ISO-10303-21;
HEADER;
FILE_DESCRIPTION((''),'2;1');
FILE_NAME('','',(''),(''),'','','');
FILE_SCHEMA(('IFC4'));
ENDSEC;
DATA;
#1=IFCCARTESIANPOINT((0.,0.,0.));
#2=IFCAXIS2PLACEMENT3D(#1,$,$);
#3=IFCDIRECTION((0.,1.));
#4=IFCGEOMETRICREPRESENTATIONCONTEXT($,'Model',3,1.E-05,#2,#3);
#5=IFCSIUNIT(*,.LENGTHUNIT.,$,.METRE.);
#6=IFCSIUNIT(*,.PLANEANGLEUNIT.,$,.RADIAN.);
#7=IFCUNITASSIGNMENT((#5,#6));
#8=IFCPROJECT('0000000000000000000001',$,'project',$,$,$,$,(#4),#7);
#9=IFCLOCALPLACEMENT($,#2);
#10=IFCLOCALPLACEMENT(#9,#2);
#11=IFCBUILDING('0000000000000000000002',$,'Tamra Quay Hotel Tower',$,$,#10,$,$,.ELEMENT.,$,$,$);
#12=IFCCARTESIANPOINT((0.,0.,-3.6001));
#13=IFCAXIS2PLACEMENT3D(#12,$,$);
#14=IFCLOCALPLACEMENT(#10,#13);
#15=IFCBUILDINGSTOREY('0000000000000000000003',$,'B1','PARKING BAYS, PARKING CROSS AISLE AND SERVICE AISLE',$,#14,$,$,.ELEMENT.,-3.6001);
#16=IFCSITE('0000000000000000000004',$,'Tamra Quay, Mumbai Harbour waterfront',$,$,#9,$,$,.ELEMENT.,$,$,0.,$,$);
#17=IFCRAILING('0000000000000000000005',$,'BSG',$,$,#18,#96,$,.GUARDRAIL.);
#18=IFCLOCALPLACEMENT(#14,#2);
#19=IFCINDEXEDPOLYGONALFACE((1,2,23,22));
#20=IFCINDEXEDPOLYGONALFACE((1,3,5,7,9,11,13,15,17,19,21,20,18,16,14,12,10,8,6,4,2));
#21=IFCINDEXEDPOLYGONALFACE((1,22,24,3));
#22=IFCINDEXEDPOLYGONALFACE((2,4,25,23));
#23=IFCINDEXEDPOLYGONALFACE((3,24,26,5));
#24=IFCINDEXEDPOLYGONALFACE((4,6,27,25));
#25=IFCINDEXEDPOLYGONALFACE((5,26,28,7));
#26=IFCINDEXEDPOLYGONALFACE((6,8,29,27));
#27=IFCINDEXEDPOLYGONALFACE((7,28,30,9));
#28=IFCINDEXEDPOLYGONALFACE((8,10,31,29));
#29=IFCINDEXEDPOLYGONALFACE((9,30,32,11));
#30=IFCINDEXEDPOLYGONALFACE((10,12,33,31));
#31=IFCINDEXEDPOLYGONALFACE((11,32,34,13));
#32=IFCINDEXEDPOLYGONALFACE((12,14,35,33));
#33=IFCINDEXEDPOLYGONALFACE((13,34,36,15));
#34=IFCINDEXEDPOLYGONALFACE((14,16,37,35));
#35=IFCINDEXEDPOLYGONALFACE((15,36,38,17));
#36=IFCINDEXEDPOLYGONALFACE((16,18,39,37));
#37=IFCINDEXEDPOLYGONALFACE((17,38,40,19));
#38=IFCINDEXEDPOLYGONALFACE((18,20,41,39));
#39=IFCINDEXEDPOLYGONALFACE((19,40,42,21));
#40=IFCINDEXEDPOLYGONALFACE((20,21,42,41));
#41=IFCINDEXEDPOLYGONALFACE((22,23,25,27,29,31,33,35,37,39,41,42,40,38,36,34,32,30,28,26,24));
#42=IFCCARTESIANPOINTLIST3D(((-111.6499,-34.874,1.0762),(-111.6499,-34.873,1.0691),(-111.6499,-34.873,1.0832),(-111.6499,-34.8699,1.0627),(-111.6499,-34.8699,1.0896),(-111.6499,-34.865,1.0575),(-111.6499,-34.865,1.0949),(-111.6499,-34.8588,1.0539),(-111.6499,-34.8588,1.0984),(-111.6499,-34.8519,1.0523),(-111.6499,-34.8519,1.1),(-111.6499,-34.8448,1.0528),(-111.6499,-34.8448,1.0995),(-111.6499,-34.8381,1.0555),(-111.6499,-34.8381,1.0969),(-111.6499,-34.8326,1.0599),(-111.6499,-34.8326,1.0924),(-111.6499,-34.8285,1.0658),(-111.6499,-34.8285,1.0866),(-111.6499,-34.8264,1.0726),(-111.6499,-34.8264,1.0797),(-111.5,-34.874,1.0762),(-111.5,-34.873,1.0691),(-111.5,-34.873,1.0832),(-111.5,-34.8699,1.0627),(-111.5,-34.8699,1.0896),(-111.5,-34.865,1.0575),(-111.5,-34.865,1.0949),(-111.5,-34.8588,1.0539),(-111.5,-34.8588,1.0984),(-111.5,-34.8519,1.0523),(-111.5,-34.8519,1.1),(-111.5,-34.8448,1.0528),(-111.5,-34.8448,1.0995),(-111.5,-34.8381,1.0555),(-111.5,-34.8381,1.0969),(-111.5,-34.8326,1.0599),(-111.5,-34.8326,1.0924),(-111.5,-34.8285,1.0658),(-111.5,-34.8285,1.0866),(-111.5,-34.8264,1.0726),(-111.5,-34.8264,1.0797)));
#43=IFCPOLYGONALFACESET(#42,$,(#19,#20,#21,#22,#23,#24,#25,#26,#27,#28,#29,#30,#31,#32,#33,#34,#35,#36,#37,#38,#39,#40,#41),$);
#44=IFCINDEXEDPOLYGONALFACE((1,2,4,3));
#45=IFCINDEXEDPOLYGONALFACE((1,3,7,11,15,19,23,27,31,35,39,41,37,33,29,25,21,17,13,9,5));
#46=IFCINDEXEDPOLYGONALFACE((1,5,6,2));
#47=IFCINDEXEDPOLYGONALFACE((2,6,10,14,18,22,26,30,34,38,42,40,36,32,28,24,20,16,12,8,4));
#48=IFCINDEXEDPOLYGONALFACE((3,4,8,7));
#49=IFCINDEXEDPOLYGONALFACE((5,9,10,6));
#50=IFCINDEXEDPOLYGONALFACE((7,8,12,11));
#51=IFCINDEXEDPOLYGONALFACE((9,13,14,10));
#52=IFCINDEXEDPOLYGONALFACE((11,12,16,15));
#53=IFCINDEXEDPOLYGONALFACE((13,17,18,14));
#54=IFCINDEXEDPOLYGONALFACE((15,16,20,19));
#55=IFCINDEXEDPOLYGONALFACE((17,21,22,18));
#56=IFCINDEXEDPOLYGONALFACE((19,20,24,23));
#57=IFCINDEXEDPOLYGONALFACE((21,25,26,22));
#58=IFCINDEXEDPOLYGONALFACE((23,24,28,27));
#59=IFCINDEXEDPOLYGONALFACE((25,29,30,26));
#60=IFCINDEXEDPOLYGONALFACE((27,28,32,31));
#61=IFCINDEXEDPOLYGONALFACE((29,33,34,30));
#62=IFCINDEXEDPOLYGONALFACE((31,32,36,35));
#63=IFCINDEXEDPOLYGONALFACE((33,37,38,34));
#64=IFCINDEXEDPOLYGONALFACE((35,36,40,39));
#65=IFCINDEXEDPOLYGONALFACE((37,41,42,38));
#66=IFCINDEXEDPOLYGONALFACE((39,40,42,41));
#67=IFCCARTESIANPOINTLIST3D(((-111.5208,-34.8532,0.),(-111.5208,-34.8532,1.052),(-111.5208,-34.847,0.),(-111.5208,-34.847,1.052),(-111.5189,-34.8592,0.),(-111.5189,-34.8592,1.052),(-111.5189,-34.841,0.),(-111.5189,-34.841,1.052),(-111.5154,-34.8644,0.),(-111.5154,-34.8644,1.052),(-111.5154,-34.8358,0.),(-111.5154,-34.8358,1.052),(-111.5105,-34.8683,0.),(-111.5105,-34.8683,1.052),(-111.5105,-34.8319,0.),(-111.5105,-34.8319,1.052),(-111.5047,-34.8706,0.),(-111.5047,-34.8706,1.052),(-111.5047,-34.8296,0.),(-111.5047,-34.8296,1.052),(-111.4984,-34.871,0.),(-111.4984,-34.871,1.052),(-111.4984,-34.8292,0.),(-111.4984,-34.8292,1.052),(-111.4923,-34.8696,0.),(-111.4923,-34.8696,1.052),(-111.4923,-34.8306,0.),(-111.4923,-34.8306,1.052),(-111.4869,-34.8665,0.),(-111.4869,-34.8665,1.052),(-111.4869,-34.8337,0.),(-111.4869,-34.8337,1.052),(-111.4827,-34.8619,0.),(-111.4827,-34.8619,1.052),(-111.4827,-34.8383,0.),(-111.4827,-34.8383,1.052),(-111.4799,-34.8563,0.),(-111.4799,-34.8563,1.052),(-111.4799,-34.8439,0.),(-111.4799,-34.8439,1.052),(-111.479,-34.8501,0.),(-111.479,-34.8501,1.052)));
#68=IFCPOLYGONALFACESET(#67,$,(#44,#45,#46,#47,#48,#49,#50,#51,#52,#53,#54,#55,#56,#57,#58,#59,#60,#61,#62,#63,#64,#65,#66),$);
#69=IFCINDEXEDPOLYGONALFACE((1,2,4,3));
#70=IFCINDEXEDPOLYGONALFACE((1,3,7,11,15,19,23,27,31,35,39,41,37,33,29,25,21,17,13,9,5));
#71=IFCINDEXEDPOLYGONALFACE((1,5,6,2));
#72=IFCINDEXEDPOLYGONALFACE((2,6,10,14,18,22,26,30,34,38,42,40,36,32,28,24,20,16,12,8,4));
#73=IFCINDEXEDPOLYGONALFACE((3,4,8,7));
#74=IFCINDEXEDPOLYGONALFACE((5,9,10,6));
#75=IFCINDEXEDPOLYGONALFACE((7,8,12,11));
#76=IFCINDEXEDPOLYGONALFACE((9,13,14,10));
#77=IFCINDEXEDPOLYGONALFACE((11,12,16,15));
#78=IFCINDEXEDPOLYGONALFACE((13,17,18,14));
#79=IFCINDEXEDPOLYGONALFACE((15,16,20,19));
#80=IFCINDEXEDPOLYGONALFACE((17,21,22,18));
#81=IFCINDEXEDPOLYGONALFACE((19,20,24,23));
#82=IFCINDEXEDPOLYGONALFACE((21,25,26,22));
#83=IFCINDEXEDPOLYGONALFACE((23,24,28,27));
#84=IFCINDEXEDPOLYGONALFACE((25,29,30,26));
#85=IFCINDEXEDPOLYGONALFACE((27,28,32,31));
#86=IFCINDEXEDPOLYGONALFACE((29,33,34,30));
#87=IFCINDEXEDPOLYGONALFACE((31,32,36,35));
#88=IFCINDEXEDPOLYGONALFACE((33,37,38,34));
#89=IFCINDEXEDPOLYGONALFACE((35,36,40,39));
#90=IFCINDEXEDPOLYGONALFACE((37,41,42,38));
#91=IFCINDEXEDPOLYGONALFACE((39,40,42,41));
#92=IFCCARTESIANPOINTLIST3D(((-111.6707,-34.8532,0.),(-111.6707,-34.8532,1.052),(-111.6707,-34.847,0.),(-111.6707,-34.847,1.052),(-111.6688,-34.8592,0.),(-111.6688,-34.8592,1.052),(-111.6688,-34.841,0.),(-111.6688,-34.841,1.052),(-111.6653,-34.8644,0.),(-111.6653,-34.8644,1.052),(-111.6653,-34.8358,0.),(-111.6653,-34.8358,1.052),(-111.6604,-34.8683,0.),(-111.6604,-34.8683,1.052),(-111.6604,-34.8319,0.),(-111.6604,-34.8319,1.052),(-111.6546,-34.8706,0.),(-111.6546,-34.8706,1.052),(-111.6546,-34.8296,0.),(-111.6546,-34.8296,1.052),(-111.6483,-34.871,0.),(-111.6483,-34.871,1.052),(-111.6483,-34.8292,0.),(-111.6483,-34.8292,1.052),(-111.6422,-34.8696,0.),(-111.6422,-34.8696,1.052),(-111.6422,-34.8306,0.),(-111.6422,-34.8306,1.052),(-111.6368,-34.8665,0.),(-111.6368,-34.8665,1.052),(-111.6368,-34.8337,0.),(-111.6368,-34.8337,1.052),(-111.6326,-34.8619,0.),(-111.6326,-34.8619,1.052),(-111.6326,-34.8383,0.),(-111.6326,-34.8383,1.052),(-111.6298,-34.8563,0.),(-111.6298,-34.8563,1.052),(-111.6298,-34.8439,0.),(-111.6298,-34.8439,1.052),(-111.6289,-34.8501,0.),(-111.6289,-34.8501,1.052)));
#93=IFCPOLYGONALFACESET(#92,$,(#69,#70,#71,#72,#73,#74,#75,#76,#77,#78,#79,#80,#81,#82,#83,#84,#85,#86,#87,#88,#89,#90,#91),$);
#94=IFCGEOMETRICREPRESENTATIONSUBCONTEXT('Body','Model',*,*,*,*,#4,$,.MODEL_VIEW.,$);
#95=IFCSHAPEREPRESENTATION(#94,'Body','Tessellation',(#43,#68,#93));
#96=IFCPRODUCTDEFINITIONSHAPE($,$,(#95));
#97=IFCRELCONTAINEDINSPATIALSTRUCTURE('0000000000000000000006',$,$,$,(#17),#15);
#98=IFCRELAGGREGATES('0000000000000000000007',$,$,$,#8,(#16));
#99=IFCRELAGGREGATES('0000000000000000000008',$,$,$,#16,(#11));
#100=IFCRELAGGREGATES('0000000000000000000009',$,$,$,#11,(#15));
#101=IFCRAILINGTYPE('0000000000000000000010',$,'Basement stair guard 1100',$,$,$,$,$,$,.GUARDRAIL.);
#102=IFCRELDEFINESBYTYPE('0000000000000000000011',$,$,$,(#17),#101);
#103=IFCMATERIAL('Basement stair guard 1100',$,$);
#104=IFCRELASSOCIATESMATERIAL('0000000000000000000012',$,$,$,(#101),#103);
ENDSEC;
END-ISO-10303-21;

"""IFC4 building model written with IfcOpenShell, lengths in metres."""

from ifc_helpers import new_model, si_unit, direction, frame, origin, origin_2d, place, context, subcontext, project, spatial, circle, extrude, material, type_object, element, save


model = new_model("IFC4")

# Units and contexts
model_context = context("Model", 3, precision=1e-05, world=origin(), true_north=direction((0.0, 1.0)))
body_context = subcontext(model_context, "Body", "Model", "MODEL_VIEW")
ifc_project = project(units=[si_unit("LENGTHUNIT", "METRE"), si_unit("PLANEANGLEUNIT", "RADIAN")], contexts=[model_context])

# Site, building, storey
site_placement = place(None, origin())
site = spatial("IfcSite", under=ifc_project, at=site_placement, Name="Tamra Quay, Mumbai Harbour waterfront", CompositionType="ELEMENT", RefElevation=0.0)
building_placement = place(site_placement, origin())
building = spatial("IfcBuilding", under=site, at=building_placement, Name="Tamra Quay Hotel Tower", CompositionType="ELEMENT")
storey_placement = place(building_placement, frame((0.0, 0.0, -3.6001)))
storey = spatial("IfcBuildingStorey", under=building, at=storey_placement, Name="B1", Description="PARKING BAYS, PARKING CROSS AISLE AND SERVICE AISLE", CompositionType="ELEMENT", Elevation=-3.6001)

# Railing
ifc_material_1 = material(Name="Basement stair guard 1100")
railing_type_1 = type_object("IfcRailingType", Name="Basement stair guard 1100", PredefinedType="GUARDRAIL", material=ifc_material_1)
railing_1_placement = place(storey_placement, frame((-111.5, -34.8501, 0.0)))
element("IfcRailing", 1, at=railing_1_placement, inside=storey, type_object=railing_type_1, Name="BSG", PredefinedType="GUARDRAIL", context=body_context, shape_type="SweptSolid", body=[
    extrude(circle(Radius=0.0239, at=origin_2d()), frame((0.0, 0.0, 1.0762), z_axis=(-1.0, 0.0, 0.0), x_axis=(0.0, -1.0, 0.0)), (0.0, 0.0, 1.0), 0.1499),
    extrude(circle(Radius=0.021, at=origin_2d()), origin(), (0.0, 0.0, 1.0), 1.052),
    extrude(circle(Radius=0.021, at=origin_2d()), frame((-0.1499, 0.0, 0.0)), (0.0, 0.0, 1.0), 1.052),
])

save(model, "model.ifc")
